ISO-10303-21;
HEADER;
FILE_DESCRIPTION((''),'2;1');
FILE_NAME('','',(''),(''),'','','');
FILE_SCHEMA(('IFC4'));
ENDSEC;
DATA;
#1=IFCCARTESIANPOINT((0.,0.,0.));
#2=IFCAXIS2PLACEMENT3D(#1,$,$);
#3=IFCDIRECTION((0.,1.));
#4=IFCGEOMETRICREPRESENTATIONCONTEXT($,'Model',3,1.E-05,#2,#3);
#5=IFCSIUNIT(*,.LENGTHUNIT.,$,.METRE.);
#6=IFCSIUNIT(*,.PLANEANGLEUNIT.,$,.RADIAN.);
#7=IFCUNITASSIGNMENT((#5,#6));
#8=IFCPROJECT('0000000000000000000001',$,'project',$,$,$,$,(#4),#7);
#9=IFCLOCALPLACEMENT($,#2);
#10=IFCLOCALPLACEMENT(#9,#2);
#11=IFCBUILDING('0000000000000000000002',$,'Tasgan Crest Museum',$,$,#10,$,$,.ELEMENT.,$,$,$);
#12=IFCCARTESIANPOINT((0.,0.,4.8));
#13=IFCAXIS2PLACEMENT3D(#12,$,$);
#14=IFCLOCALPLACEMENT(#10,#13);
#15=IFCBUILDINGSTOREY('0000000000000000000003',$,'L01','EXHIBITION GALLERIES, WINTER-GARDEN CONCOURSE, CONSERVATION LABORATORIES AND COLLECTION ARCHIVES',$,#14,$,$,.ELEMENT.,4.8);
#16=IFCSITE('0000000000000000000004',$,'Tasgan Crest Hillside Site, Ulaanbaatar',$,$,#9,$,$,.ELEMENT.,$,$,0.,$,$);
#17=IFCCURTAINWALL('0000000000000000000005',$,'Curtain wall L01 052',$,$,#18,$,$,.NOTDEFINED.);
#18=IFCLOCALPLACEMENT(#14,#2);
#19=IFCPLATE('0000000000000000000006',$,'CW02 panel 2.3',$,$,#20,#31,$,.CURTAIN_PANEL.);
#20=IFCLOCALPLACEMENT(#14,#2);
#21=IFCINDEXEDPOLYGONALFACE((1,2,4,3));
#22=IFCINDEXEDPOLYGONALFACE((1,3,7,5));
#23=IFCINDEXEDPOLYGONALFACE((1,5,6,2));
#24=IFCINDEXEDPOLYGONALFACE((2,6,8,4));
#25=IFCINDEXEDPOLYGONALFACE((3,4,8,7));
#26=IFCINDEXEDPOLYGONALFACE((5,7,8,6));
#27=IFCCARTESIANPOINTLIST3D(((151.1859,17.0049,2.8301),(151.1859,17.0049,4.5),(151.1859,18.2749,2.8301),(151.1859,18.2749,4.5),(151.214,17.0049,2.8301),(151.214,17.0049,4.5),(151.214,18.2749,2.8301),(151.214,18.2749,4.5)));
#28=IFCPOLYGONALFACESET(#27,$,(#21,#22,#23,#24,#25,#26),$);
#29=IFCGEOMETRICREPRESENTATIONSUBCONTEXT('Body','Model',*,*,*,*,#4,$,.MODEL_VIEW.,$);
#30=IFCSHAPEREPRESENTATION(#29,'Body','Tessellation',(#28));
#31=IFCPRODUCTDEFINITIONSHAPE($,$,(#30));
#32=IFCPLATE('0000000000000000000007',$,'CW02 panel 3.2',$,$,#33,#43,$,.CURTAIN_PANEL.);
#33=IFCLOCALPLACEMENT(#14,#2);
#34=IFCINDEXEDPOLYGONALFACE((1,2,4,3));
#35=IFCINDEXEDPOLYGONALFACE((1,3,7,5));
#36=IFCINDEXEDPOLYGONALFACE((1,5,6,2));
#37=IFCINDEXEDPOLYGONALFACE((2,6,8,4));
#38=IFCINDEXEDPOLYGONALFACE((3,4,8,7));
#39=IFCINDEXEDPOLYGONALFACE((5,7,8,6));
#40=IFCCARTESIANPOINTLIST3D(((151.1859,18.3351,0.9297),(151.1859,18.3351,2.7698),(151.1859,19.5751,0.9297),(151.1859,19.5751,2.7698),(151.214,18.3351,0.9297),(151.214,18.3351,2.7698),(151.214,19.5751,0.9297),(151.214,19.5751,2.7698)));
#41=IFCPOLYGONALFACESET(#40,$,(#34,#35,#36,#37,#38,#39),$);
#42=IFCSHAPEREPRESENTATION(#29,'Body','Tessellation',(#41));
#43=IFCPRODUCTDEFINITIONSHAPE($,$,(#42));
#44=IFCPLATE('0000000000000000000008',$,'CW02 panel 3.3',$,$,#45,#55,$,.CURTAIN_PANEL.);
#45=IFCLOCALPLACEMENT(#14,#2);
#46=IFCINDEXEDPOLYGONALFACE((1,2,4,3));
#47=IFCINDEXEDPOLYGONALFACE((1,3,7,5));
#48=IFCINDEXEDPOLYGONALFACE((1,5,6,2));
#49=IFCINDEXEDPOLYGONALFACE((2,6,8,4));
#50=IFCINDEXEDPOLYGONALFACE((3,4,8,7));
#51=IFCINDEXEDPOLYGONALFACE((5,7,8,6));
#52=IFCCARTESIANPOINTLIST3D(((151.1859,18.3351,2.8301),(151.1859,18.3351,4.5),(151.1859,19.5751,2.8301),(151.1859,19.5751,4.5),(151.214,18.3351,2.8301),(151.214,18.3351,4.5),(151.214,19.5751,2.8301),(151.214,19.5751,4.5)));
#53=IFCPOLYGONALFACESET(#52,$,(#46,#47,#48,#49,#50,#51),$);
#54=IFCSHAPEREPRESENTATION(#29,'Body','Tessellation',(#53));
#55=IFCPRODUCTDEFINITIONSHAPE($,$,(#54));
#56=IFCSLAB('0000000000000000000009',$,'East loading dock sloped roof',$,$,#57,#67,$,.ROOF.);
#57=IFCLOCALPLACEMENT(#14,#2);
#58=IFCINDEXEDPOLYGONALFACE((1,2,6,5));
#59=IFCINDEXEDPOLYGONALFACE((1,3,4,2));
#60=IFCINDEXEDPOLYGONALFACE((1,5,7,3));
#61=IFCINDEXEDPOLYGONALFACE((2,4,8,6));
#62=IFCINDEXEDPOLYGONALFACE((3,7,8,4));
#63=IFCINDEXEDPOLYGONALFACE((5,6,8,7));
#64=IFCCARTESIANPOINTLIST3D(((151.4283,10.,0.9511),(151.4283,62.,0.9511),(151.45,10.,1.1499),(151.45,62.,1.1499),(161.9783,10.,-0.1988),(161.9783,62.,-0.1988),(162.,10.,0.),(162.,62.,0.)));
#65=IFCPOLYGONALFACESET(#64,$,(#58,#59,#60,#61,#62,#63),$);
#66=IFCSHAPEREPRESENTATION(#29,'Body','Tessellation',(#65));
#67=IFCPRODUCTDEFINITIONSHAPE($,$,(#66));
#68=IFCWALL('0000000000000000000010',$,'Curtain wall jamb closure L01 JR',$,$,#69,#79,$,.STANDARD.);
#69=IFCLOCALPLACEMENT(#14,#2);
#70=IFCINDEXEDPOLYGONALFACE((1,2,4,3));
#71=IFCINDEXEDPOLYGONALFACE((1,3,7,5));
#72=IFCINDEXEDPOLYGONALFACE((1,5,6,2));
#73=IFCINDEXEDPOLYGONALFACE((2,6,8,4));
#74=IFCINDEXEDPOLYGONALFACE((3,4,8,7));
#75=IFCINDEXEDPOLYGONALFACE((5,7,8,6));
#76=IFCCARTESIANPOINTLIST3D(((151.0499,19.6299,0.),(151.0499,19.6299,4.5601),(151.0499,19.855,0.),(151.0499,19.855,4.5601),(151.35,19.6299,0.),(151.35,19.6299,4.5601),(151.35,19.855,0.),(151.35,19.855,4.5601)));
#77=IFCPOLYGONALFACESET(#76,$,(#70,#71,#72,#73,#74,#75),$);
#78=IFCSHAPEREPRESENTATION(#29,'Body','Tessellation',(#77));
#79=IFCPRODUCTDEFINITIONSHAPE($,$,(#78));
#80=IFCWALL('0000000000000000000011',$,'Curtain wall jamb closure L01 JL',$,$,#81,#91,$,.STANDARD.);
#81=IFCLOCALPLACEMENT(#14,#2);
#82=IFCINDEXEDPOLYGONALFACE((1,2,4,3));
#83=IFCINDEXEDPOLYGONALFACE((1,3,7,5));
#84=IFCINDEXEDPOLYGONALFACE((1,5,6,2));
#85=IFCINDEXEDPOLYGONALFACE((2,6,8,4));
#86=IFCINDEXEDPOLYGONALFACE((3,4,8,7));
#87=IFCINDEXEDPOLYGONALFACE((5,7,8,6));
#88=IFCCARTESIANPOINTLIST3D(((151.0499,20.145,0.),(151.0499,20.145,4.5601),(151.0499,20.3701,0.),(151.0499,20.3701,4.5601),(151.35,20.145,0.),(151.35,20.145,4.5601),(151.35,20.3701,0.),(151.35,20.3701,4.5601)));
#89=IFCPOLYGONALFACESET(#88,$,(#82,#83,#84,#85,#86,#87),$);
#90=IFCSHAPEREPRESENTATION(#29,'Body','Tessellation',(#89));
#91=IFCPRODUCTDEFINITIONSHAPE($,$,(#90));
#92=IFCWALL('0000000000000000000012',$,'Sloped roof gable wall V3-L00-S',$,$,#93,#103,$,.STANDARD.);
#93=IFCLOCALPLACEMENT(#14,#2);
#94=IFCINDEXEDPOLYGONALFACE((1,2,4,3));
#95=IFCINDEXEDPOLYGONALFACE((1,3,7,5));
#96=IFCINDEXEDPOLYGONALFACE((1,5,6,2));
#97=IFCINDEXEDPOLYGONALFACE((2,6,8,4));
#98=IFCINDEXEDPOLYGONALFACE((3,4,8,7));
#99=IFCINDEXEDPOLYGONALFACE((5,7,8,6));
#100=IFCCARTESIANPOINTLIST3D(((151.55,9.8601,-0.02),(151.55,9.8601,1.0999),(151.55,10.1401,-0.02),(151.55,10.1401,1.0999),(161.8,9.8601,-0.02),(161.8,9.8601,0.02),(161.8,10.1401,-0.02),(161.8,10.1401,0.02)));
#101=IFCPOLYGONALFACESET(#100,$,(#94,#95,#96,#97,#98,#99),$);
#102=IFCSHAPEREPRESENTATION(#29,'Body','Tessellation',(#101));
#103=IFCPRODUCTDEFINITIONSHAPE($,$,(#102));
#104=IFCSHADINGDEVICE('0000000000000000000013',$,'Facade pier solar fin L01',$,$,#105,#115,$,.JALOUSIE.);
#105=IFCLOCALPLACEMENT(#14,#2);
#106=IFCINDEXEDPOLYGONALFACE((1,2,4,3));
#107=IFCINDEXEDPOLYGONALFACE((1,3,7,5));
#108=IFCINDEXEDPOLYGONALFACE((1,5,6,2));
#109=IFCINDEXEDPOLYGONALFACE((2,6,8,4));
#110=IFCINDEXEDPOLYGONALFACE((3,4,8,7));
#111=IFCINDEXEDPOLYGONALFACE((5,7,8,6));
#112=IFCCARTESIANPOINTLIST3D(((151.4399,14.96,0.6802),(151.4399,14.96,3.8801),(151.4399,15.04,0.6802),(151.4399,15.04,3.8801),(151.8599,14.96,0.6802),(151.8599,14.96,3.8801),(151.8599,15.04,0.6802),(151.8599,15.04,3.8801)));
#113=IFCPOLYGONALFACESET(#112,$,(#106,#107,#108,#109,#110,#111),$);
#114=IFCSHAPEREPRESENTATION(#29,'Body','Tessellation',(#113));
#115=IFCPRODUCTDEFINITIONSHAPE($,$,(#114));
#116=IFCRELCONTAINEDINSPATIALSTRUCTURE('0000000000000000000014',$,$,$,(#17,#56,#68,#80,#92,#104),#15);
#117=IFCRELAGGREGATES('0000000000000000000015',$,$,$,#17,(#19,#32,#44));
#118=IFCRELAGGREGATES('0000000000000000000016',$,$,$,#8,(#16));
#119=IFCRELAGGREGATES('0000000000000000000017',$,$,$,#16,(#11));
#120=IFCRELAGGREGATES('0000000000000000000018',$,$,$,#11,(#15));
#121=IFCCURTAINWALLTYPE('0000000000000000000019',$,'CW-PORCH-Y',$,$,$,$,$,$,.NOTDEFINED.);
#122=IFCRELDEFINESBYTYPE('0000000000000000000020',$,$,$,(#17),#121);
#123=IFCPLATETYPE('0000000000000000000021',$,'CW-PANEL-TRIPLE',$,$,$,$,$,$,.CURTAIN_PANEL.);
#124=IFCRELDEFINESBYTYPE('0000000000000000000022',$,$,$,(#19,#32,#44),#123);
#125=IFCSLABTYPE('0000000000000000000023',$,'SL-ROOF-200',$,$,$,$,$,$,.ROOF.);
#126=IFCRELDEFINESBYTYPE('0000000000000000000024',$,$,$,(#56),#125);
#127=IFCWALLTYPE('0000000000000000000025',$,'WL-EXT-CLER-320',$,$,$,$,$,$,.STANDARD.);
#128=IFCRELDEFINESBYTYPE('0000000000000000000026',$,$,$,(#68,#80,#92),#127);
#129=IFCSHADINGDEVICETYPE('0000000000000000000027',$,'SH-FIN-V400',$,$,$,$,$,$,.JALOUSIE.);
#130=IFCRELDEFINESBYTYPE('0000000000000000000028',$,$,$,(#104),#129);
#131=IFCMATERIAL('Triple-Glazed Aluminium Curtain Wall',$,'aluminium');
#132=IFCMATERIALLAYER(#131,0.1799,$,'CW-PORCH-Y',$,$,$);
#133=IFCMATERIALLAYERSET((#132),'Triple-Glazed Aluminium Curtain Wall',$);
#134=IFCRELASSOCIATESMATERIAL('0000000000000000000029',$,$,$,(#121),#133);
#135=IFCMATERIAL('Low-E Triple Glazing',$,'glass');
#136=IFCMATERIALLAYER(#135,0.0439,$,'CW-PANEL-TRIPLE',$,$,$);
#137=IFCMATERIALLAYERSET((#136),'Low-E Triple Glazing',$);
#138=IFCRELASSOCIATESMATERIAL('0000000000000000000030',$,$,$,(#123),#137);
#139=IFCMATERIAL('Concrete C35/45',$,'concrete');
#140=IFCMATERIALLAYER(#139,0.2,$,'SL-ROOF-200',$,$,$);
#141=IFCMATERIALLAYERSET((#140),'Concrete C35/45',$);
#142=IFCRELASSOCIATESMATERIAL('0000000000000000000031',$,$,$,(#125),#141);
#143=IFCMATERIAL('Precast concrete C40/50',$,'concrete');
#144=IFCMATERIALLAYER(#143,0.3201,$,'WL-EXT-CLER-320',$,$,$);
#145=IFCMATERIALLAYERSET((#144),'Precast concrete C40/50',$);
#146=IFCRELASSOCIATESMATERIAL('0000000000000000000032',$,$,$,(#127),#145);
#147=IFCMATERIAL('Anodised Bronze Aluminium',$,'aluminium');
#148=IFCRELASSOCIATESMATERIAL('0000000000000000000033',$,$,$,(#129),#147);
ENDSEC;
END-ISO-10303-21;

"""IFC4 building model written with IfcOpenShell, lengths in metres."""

from ifc_helpers import new_model, si_unit, direction, frame, frame_2d, origin, origin_2d, place, context, subcontext, project, spatial, polyline, rectangle, outline, extrude, material, layer, layer_set, type_object, element, aggregate, save


model = new_model("IFC4")

# Units and contexts
model_context = context("Model", 3, precision=1e-05, world=origin(), true_north=direction((0.0, 1.0)))
body_context = subcontext(model_context, "Body", "Model", "MODEL_VIEW")
ifc_project = project(units=[si_unit("LENGTHUNIT", "METRE"), si_unit("PLANEANGLEUNIT", "RADIAN")], contexts=[model_context])

# Site, building, storey
site_placement = place(None, origin())
site = spatial("IfcSite", under=ifc_project, at=site_placement, Name="Tasgan Crest Hillside Site, Ulaanbaatar", CompositionType="ELEMENT", RefElevation=0.0)
building_placement = place(site_placement, origin())
building = spatial("IfcBuilding", under=site, at=building_placement, Name="Tasgan Crest Museum", CompositionType="ELEMENT")
storey_placement = place(building_placement, frame((0.0, 0.0, 4.8)))
storey = spatial("IfcBuildingStorey", under=building, at=storey_placement, Name="L01", Description="EXHIBITION GALLERIES, WINTER-GARDEN CONCOURSE, CONSERVATION LABORATORIES AND COLLECTION ARCHIVES", CompositionType="ELEMENT", Elevation=4.8)

# Curtain wall
ifc_material_1 = material(Name="Triple-Glazed Aluminium Curtain Wall", Category="aluminium")
ifc_layer_1 = layer(ifc_material_1, 0.1799, Name="CW-PORCH-Y")
ifc_layer_set_1 = layer_set([ifc_layer_1], Name="Triple-Glazed Aluminium Curtain Wall")
curtain_wall_type = type_object("IfcCurtainWallType", Name="CW-PORCH-Y", PredefinedType="NOTDEFINED", material=ifc_layer_set_1)
curtain_wall_1_placement = place(storey_placement, origin())
curtain_wall_1 = element("IfcCurtainWall", 1, at=curtain_wall_1_placement, inside=storey, type_object=curtain_wall_type, Name="Curtain wall L01 052", PredefinedType="NOTDEFINED")

# Plates
ifc_material_2 = material(Name="Low-E Triple Glazing", Category="glass")
ifc_layer_2 = layer(ifc_material_2, 0.0439, Name="CW-PANEL-TRIPLE")
ifc_layer_set_2 = layer_set([ifc_layer_2], Name="Low-E Triple Glazing")
plate_type_1 = type_object("IfcPlateType", Name="CW-PANEL-TRIPLE", PredefinedType="CURTAIN_PANEL", material=ifc_layer_set_2)
plate_1_placement = place(storey_placement, frame((151.2, 17.6399, 2.8301), z_axis=(0.0, 0.0, 1.0), x_axis=(0.0, 1.0, 0.0)))
plate_1 = element("IfcPlate", 2, at=plate_1_placement, type_object=plate_type_1, Name="CW02 panel 2.3", PredefinedType="CURTAIN_PANEL", context=body_context, shape_type="SweptSolid", body=[
    extrude(rectangle(XDim=1.27, YDim=0.0281, at=origin_2d()), origin(), (0.0, 0.0, 1.0), 1.6699),
])
plate_2_placement = place(storey_placement, frame((151.2, 18.9551, 0.9297), z_axis=(0.0, 0.0, 1.0), x_axis=(0.0, 1.0, 0.0)))
plate_2 = element("IfcPlate", 3, at=plate_2_placement, type_object=plate_type_1, Name="CW02 panel 3.2", PredefinedType="CURTAIN_PANEL", context=body_context, shape_type="SweptSolid", body=[
    extrude(rectangle(XDim=1.24, YDim=0.0281, at=origin_2d()), origin(), (0.0, 0.0, 1.0), 1.8401),
])
plate_3_placement = place(storey_placement, frame((151.2, 18.9551, 2.8301), z_axis=(0.0, 0.0, 1.0), x_axis=(0.0, 1.0, 0.0)))
plate_3 = element("IfcPlate", 4, at=plate_3_placement, type_object=plate_type_1, Name="CW02 panel 3.3", PredefinedType="CURTAIN_PANEL", context=body_context, shape_type="SweptSolid", body=[
    extrude(rectangle(XDim=1.24, YDim=0.0281, at=origin_2d()), origin(), (0.0, 0.0, 1.0), 1.6699),
])
aggregate(curtain_wall_1, [plate_1, plate_2, plate_3])

# Slab
ifc_material_3 = material(Name="Concrete C35/45", Category="concrete")
ifc_layer_3 = layer(ifc_material_3, 0.2, Name="SL-ROOF-200")
ifc_layer_set_3 = layer_set([ifc_layer_3], Name="Concrete C35/45")
slab_type = type_object("IfcSlabType", Name="SL-ROOF-200", PredefinedType="ROOF", material=ifc_layer_set_3)
slab_placement = place(storey_placement, frame((151.45, 10.0, 1.1499), z_axis=(0.108353, 0.0, 0.994112), x_axis=(0.994112, 0.0, -0.108353)))
element("IfcSlab", 5, at=slab_placement, inside=storey, type_object=slab_type, Name="East loading dock sloped roof", PredefinedType="ROOF", context=body_context, shape_type="SweptSolid", body=[
    extrude(outline(polyline([(0.0, 0.0), (10.6125, 0.0), (10.6125, 52.0), (0.0, 52.0), (0.0, 0.0)])), origin(), (0.0, 0.0, -1.0), 0.2),
])

# Walls
ifc_material_4 = material(Name="Precast concrete C40/50", Category="concrete")
ifc_layer_4 = layer(ifc_material_4, 0.3201, Name="WL-EXT-CLER-320")
ifc_layer_set_4 = layer_set([ifc_layer_4], Name="Precast concrete C40/50")
wall_type = type_object("IfcWallType", Name="WL-EXT-CLER-320", PredefinedType="STANDARD", material=ifc_layer_set_4)
for number, where, z_axis, x_axis, name in (
    (6, (151.2, 19.6299, 0.0), (0.0, 0.0, 1.0), (0.0, 1.0, 0.0), "Curtain wall jamb closure L01 JR"),
    (7, (151.2, 20.145, 0.0), (0.0, 0.0, 1.0), (0.0, 1.0, 0.0), "Curtain wall jamb closure L01 JL"),
):
    element("IfcWall", number, at=place(storey_placement, frame(where, z_axis=z_axis, x_axis=x_axis)), inside=storey, type_object=wall_type, Name=name, PredefinedType="STANDARD", context=body_context, shape_type="SweptSolid", body=[
        extrude(rectangle(XDim=0.2251, YDim=0.3, at=frame_2d((0.1125, 0.0))), origin(), (0.0, 0.0, 1.0), 4.5601),
    ])
wall_placement = place(storey_placement, frame((151.55, 10.0, -0.02), z_axis=(0.0, 0.0, 1.0), x_axis=(1.0, 0.0, 0.0)))
element("IfcWall", 8, at=wall_placement, inside=storey, type_object=wall_type, Name="Sloped roof gable wall V3-L00-S", PredefinedType="STANDARD", context=body_context, shape_type="SweptSolid", body=[
    extrude(outline(polyline([(0.0, 0.0), (10.25, 0.0), (10.25, 0.04), (0.0, 1.1199), (0.0, 0.0)])), frame((0.0, 0.1401, 0.0), z_axis=(0.0, -1.0, 0.0), x_axis=(1.0, 0.0, 0.0)), (0.0, 0.0, 1.0), 0.28),
])

# Shading device
ifc_material_5 = material(Name="Anodised Bronze Aluminium", Category="aluminium")
shading_device_type = type_object("IfcShadingDeviceType", Name="SH-FIN-V400", PredefinedType="JALOUSIE", material=ifc_material_5)
shading_device_placement = place(storey_placement, frame((151.6499, 15.0, 0.6802), z_axis=(0.0, 0.0, 1.0), x_axis=(0.0, 1.0, 0.0)))
element("IfcShadingDevice", 9, at=shading_device_placement, inside=storey, type_object=shading_device_type, Name="Facade pier solar fin L01", PredefinedType="JALOUSIE", context=body_context, shape_type="SweptSolid", body=[
    extrude(rectangle(XDim=0.0801, YDim=0.4199, at=origin_2d()), origin(), (0.0, 0.0, 1.0), 3.2),
])

save(model, "model.ifc")
